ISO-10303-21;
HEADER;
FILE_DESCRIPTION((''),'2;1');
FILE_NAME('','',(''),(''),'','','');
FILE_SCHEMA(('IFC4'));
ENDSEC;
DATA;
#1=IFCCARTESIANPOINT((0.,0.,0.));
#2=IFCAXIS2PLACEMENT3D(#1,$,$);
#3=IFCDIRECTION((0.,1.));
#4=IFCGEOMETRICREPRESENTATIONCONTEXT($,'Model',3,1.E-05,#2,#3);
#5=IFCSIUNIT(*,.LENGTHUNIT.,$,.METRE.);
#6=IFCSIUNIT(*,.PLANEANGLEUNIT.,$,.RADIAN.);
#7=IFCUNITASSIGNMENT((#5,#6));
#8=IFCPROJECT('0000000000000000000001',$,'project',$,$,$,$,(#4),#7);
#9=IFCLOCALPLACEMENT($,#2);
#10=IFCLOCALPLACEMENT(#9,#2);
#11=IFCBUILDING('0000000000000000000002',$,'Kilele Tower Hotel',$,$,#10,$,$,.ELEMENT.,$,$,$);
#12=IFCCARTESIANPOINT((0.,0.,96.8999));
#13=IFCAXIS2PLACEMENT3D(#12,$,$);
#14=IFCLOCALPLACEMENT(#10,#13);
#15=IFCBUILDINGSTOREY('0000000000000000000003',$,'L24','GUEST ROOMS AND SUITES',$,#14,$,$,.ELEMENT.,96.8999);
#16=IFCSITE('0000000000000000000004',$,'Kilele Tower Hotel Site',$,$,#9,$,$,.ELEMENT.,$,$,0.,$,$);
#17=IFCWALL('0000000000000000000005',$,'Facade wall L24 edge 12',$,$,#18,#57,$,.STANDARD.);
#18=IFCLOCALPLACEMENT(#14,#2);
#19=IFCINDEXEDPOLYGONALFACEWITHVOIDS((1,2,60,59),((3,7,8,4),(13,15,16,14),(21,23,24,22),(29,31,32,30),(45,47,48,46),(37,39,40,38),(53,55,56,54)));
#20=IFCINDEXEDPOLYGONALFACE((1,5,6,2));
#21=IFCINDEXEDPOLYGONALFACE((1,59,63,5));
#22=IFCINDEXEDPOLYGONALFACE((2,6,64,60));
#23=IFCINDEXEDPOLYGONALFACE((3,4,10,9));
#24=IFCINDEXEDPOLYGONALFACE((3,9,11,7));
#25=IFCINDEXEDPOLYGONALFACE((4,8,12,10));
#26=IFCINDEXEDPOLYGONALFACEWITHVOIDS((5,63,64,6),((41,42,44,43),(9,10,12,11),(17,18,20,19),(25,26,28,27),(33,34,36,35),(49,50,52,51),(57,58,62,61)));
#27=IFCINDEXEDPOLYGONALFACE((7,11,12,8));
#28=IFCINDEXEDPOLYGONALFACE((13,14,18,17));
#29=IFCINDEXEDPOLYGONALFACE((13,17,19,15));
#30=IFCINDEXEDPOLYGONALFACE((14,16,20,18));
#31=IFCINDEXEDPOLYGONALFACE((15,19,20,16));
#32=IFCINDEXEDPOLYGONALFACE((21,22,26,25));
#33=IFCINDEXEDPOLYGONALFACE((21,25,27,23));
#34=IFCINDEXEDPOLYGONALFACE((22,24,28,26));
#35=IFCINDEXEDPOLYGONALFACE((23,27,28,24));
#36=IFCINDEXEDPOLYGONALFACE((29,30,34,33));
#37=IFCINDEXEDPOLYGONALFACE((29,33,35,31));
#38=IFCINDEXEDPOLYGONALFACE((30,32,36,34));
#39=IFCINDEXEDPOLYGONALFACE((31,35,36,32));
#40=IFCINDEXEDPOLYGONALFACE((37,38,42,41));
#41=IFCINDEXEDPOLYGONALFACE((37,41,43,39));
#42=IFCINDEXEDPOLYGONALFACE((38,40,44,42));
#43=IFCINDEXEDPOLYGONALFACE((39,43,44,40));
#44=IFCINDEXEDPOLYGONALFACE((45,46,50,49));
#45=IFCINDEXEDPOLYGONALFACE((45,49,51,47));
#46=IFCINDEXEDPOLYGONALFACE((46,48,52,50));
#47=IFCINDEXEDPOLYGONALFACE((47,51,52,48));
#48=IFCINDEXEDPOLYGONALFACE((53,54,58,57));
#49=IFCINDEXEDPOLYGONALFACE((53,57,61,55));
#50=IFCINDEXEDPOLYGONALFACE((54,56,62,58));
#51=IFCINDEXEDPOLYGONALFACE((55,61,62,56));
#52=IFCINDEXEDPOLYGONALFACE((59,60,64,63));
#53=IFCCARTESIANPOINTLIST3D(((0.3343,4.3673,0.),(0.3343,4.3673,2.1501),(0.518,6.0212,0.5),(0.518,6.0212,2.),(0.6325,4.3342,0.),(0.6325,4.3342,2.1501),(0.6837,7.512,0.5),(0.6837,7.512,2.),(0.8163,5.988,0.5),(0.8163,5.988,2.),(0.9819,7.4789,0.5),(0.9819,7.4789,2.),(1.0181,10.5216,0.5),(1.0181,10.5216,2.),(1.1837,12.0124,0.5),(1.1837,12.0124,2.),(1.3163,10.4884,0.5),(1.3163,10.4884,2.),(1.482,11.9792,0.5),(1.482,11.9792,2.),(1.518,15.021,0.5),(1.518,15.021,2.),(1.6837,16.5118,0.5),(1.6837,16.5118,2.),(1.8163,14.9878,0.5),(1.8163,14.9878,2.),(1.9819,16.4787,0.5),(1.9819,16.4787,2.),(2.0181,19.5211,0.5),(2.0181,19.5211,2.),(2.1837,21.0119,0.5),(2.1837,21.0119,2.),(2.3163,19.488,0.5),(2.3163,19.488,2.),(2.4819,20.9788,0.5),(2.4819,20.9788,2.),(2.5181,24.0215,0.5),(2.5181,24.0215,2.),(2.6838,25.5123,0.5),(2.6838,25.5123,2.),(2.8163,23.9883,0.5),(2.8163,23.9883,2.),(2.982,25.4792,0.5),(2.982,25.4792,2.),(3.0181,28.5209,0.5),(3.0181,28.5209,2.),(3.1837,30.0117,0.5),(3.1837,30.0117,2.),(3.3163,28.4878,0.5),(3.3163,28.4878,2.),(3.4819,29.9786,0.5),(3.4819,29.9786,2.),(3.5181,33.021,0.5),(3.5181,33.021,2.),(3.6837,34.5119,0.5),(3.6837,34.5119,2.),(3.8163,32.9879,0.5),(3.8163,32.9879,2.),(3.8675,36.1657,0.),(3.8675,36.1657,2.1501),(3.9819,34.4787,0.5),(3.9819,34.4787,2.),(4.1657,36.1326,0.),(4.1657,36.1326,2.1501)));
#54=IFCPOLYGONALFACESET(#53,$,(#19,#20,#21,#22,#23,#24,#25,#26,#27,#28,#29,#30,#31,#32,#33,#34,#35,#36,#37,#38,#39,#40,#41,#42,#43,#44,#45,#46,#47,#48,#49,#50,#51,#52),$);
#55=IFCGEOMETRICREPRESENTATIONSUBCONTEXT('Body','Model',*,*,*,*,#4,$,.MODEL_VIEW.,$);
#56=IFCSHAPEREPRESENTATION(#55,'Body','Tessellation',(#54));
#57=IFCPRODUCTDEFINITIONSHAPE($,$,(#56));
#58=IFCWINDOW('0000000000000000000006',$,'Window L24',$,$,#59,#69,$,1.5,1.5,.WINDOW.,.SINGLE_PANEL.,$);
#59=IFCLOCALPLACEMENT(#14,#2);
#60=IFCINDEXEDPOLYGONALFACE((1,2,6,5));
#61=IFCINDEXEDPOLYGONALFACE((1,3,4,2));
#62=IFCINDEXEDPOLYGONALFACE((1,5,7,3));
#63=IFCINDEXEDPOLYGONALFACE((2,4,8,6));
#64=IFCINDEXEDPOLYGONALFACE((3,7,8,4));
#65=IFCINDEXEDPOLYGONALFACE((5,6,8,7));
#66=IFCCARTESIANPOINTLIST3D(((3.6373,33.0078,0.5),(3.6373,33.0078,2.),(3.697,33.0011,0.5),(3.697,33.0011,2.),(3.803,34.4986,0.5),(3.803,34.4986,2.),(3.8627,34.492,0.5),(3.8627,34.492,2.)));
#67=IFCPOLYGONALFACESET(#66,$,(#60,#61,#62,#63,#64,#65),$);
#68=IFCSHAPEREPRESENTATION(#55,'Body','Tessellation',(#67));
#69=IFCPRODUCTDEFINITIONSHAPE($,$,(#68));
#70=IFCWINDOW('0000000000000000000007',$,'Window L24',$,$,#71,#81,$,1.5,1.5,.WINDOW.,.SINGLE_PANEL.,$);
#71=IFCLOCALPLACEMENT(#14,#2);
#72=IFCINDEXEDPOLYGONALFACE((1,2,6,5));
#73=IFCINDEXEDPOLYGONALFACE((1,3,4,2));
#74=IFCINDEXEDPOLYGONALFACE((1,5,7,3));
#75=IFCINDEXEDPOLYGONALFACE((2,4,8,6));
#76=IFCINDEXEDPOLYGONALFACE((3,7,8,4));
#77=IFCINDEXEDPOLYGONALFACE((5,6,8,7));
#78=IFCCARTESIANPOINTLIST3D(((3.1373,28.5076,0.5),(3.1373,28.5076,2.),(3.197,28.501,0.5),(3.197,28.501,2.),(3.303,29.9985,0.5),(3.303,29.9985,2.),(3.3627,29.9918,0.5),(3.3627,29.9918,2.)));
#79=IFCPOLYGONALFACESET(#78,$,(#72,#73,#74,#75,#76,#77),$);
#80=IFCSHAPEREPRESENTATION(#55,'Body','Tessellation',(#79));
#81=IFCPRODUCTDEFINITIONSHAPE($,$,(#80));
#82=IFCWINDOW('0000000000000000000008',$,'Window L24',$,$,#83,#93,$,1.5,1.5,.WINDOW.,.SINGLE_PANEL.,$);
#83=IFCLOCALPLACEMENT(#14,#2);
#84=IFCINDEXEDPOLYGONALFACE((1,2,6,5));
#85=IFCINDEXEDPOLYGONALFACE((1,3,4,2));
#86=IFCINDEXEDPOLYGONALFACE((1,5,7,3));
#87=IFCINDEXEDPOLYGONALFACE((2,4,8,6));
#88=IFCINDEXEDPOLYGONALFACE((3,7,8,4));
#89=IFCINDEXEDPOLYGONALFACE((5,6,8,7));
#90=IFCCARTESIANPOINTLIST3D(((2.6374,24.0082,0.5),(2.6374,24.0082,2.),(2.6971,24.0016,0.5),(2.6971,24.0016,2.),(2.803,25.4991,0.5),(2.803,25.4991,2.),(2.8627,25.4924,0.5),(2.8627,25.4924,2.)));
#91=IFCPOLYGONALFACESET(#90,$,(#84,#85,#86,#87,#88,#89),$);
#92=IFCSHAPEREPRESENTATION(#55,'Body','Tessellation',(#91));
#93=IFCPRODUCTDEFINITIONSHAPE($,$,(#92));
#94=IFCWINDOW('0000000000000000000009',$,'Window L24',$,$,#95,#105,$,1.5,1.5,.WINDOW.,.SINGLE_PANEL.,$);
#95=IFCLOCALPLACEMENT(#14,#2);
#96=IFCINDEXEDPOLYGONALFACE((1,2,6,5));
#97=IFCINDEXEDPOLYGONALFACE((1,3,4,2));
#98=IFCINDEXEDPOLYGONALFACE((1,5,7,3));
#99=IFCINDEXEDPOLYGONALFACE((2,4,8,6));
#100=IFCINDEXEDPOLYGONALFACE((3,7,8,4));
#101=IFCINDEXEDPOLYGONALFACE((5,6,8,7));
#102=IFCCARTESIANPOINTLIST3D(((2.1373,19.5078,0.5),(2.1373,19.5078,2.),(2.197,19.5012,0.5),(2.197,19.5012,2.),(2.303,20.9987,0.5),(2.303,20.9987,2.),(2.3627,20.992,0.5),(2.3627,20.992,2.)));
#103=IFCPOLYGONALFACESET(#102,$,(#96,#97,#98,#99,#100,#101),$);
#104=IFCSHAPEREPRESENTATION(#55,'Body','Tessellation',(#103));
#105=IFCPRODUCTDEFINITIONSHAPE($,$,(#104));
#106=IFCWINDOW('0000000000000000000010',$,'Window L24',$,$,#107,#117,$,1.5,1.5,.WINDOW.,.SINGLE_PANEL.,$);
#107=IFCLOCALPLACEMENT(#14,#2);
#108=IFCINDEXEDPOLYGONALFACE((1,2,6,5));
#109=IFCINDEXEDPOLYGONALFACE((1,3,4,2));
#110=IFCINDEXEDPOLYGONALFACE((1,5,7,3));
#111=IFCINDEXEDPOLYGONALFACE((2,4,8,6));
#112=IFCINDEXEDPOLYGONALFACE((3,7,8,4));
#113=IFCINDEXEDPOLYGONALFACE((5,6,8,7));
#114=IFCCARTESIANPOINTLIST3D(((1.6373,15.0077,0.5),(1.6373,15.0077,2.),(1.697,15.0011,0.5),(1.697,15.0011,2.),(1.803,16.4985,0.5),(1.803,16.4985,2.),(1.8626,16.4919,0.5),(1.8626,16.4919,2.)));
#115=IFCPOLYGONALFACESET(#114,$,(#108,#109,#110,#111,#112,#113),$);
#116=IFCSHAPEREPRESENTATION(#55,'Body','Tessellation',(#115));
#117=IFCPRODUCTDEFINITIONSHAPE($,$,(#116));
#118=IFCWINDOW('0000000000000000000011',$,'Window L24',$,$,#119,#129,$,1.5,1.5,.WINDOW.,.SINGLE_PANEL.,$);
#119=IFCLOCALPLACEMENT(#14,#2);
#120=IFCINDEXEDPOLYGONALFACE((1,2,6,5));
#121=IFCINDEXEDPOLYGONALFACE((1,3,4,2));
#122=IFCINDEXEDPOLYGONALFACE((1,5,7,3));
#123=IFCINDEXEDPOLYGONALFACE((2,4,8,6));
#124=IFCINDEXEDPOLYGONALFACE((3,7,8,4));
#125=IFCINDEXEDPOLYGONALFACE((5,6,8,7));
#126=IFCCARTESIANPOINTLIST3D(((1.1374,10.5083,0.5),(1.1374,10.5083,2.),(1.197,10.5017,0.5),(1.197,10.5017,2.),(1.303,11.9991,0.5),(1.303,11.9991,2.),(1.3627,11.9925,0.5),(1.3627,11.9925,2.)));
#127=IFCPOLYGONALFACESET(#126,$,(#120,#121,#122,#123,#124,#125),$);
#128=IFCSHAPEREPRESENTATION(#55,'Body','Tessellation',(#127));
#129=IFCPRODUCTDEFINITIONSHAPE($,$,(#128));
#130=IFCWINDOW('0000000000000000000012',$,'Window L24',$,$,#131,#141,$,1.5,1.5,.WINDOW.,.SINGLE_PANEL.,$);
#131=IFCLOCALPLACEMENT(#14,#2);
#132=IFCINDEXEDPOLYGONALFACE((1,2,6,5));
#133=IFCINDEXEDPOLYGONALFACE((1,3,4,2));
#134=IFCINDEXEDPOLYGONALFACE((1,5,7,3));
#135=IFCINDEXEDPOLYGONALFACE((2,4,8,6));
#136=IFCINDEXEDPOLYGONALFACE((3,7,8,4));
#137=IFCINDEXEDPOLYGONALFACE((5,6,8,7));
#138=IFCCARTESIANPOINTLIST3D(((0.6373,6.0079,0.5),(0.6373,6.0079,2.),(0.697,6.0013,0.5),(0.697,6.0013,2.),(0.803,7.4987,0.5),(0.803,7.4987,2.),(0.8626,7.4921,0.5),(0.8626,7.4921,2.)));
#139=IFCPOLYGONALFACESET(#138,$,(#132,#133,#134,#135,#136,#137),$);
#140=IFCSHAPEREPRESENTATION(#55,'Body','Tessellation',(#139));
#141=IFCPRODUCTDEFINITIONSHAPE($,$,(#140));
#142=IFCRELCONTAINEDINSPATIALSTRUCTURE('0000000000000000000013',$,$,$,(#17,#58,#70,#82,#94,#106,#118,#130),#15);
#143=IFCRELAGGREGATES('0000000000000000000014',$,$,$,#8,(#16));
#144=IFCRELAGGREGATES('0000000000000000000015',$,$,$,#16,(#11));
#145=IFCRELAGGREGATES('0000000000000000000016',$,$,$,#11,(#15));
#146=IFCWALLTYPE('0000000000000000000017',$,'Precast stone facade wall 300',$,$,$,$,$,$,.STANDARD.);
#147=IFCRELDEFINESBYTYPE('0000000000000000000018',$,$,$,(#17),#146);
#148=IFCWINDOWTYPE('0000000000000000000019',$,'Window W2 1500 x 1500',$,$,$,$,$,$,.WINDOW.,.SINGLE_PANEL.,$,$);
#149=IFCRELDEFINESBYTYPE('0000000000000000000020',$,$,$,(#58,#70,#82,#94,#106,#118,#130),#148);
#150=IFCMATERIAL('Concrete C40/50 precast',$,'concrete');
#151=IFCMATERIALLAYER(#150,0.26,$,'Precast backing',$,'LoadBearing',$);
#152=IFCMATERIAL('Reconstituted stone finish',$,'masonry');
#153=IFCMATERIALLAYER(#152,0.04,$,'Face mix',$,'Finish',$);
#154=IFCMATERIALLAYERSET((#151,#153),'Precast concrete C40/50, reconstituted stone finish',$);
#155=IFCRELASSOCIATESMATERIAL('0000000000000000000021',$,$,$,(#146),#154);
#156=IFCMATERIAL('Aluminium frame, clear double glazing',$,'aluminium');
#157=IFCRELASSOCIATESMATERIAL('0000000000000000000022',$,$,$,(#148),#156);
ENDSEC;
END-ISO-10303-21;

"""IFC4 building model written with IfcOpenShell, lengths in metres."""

from ifc_helpers import new_model, si_unit, direction, frame, frame_2d, origin, place, context, subcontext, project, spatial, rectangle, extrude, material, layer, layer_set, type_object, element, fill, save


model = new_model("IFC4")

# Units and contexts
model_context = context("Model", 3, precision=1e-05, world=origin(), true_north=direction((0.0, 1.0)))
body_context = subcontext(model_context, "Body", "Model", "MODEL_VIEW")
ifc_project = project(units=[si_unit("LENGTHUNIT", "METRE"), si_unit("PLANEANGLEUNIT", "RADIAN")], contexts=[model_context])

# Site, building, storey
site_placement = place(None, origin())
site = spatial("IfcSite", under=ifc_project, at=site_placement, Name="Kilele Tower Hotel Site", CompositionType="ELEMENT", RefElevation=0.0)
building_placement = place(site_placement, origin())
building = spatial("IfcBuilding", under=site, at=building_placement, Name="Kilele Tower Hotel", CompositionType="ELEMENT")
storey_placement = place(building_placement, frame((0.0, 0.0, 96.8999)))
storey = spatial("IfcBuildingStorey", under=building, at=storey_placement, Name="L24", Description="GUEST ROOMS AND SUITES", CompositionType="ELEMENT", Elevation=96.8999)

# Shared definitions
ifc_material_1 = material(Name="Concrete C40/50 precast", Category="concrete")
ifc_layer_1 = layer(ifc_material_1, 0.26, Name="Precast backing", Category="LoadBearing")
ifc_material_2 = material(Name="Reconstituted stone finish", Category="masonry")
ifc_layer_2 = layer(ifc_material_2, 0.04, Name="Face mix", Category="Finish")
ifc_layer_set_1 = layer_set([ifc_layer_1, ifc_layer_2], Name="Precast concrete C40/50, reconstituted stone finish")
wall_type_1 = type_object("IfcWallType", Name="Precast stone facade wall 300", PredefinedType="STANDARD", material=ifc_layer_set_1)
ifc_material_3 = material(Name="Aluminium frame, clear double glazing", Category="aluminium")
window_type_1 = type_object("IfcWindowType", Name="Window W2 1500 x 1500", PartitioningType="SINGLE_PANEL", PredefinedType="WINDOW", material=ifc_material_3)

# Wall, openings, windows
wall_1_placement = place(storey_placement, frame((4.0166, 36.1492, 0.0), z_axis=(0.0, 0.0, 1.0), x_axis=(-0.110433, -0.993884, 0.0)))
wall_1 = element("IfcWall", 1, at=wall_1_placement, inside=storey, type_object=wall_type_1, Name="Facade wall L24 edge 12", PredefinedType="STANDARD", context=body_context, shape_type="SweptSolid", body=[
    extrude(rectangle(XDim=31.9941, YDim=0.3, at=frame_2d((15.9971, 0.0))), origin(), (0.0, 0.0, 1.0), 2.1501),
])
opening_1_placement = place(wall_1_placement, frame((1.6641, 0.0, 0.5)))
opening_1 = element("IfcOpeningElement", 2, at=opening_1_placement, cuts=wall_1, PredefinedType="OPENING", context=body_context, shape_type="SweptSolid", body=[
    extrude(rectangle(XDim=1.5, YDim=1.5, at=frame_2d((0.75, 0.75))), frame((0.0, 0.1599, 0.0), z_axis=(0.0, -1.0, 0.0), x_axis=(1.0, 0.0, 0.0)), (0.0, 0.0, 1.0), 0.3201),
])
opening_2_placement = place(wall_1_placement, frame((6.1919, 0.0, 0.5)))
opening_2 = element("IfcOpeningElement", 3, at=opening_2_placement, cuts=wall_1, PredefinedType="OPENING", context=body_context, shape_type="SweptSolid", body=[
    extrude(rectangle(XDim=1.5, YDim=1.5, at=frame_2d((0.75, 0.75))), frame((0.0, 0.1599, 0.0), z_axis=(0.0, -1.0, 0.0), x_axis=(1.0, 0.0, 0.0)), (0.0, 0.0, 1.0), 0.3201),
])
opening_3_placement = place(wall_1_placement, frame((10.719, 0.0, 0.5)))
opening_3 = element("IfcOpeningElement", 4, at=opening_3_placement, cuts=wall_1, PredefinedType="OPENING", context=body_context, shape_type="SweptSolid", body=[
    extrude(rectangle(XDim=1.5, YDim=1.5, at=frame_2d((0.75, 0.75))), frame((0.0, 0.1599, 0.0), z_axis=(0.0, -1.0, 0.0), x_axis=(1.0, 0.0, 0.0)), (0.0, 0.0, 1.0), 0.3201),
])
opening_4_placement = place(wall_1_placement, frame((15.2471, 0.0, 0.5)))
opening_4 = element("IfcOpeningElement", 5, at=opening_4_placement, cuts=wall_1, PredefinedType="OPENING", context=body_context, shape_type="SweptSolid", body=[
    extrude(rectangle(XDim=1.5, YDim=1.5, at=frame_2d((0.75, 0.75))), frame((0.0, 0.1599, 0.0), z_axis=(0.0, -1.0, 0.0), x_axis=(1.0, 0.0, 0.0)), (0.0, 0.0, 1.0), 0.3201),
])
opening_5_placement = place(wall_1_placement, frame((19.7749, 0.0, 0.5)))
opening_5 = element("IfcOpeningElement", 6, at=opening_5_placement, cuts=wall_1, PredefinedType="OPENING", context=body_context, shape_type="SweptSolid", body=[
    extrude(rectangle(XDim=1.5, YDim=1.5, at=frame_2d((0.75, 0.75))), frame((0.0, 0.1599, 0.0), z_axis=(0.0, -1.0, 0.0), x_axis=(1.0, 0.0, 0.0)), (0.0, 0.0, 1.0), 0.3201),
])
opening_6_placement = place(wall_1_placement, frame((24.302, 0.0, 0.5)))
opening_6 = element("IfcOpeningElement", 7, at=opening_6_placement, cuts=wall_1, PredefinedType="OPENING", context=body_context, shape_type="SweptSolid", body=[
    extrude(rectangle(XDim=1.5, YDim=1.5, at=frame_2d((0.75, 0.75))), frame((0.0, 0.1599, 0.0), z_axis=(0.0, -1.0, 0.0), x_axis=(1.0, 0.0, 0.0)), (0.0, 0.0, 1.0), 0.3201),
])
opening_7_placement = place(wall_1_placement, frame((28.8301, 0.0, 0.5)))
opening_7 = element("IfcOpeningElement", 8, at=opening_7_placement, cuts=wall_1, PredefinedType="OPENING", context=body_context, shape_type="SweptSolid", body=[
    extrude(rectangle(XDim=1.5, YDim=1.5, at=frame_2d((0.75, 0.75))), frame((0.0, 0.1599, 0.0), z_axis=(0.0, -1.0, 0.0), x_axis=(1.0, 0.0, 0.0)), (0.0, 0.0, 1.0), 0.3201),
])
window_1_placement = place(opening_1_placement, origin())
window_1 = element("IfcWindow", 9, at=window_1_placement, inside=storey, type_object=window_type_1, Name="Window L24", OverallHeight=1.5, OverallWidth=1.5, PartitioningType="SINGLE_PANEL", PredefinedType="WINDOW", context=body_context, shape_type="SweptSolid", body=[
    extrude(rectangle(XDim=1.5, YDim=1.5, at=frame_2d((0.75, 0.75))), frame((0.0, 0.03, 0.0), z_axis=(0.0, -1.0, 0.0), x_axis=(1.0, 0.0, 0.0)), (0.0, 0.0, 1.0), 0.0601),
])
fill(opening_1, window_1)
window_2_placement = place(opening_2_placement, origin())
window_2 = element("IfcWindow", 10, at=window_2_placement, inside=storey, type_object=window_type_1, Name="Window L24", OverallHeight=1.5, OverallWidth=1.5, PartitioningType="SINGLE_PANEL", PredefinedType="WINDOW", context=body_context, shape_type="SweptSolid", body=[
    extrude(rectangle(XDim=1.5, YDim=1.5, at=frame_2d((0.75, 0.75))), frame((0.0, 0.03, 0.0), z_axis=(0.0, -1.0, 0.0), x_axis=(1.0, 0.0, 0.0)), (0.0, 0.0, 1.0), 0.0601),
])
fill(opening_2, window_2)
window_3_placement = place(opening_3_placement, origin())
window_3 = element("IfcWindow", 11, at=window_3_placement, inside=storey, type_object=window_type_1, Name="Window L24", OverallHeight=1.5, OverallWidth=1.5, PartitioningType="SINGLE_PANEL", PredefinedType="WINDOW", context=body_context, shape_type="SweptSolid", body=[
    extrude(rectangle(XDim=1.5, YDim=1.5, at=frame_2d((0.75, 0.75))), frame((0.0, 0.03, 0.0), z_axis=(0.0, -1.0, 0.0), x_axis=(1.0, 0.0, 0.0)), (0.0, 0.0, 1.0), 0.0601),
])
fill(opening_3, window_3)
window_4_placement = place(opening_4_placement, origin())
window_4 = element("IfcWindow", 12, at=window_4_placement, inside=storey, type_object=window_type_1, Name="Window L24", OverallHeight=1.5, OverallWidth=1.5, PartitioningType="SINGLE_PANEL", PredefinedType="WINDOW", context=body_context, shape_type="SweptSolid", body=[
    extrude(rectangle(XDim=1.5, YDim=1.5, at=frame_2d((0.75, 0.75))), frame((0.0, 0.03, 0.0), z_axis=(0.0, -1.0, 0.0), x_axis=(1.0, 0.0, 0.0)), (0.0, 0.0, 1.0), 0.0601),
])
fill(opening_4, window_4)
window_5_placement = place(opening_5_placement, origin())
window_5 = element("IfcWindow", 13, at=window_5_placement, inside=storey, type_object=window_type_1, Name="Window L24", OverallHeight=1.5, OverallWidth=1.5, PartitioningType="SINGLE_PANEL", PredefinedType="WINDOW", context=body_context, shape_type="SweptSolid", body=[
    extrude(rectangle(XDim=1.5, YDim=1.5, at=frame_2d((0.75, 0.75))), frame((0.0, 0.03, 0.0), z_axis=(0.0, -1.0, 0.0), x_axis=(1.0, 0.0, 0.0)), (0.0, 0.0, 1.0), 0.0601),
])
fill(opening_5, window_5)
window_6_placement = place(opening_6_placement, origin())
window_6 = element("IfcWindow", 14, at=window_6_placement, inside=storey, type_object=window_type_1, Name="Window L24", OverallHeight=1.5, OverallWidth=1.5, PartitioningType="SINGLE_PANEL", PredefinedType="WINDOW", context=body_context, shape_type="SweptSolid", body=[
    extrude(rectangle(XDim=1.5, YDim=1.5, at=frame_2d((0.75, 0.75))), frame((0.0, 0.03, 0.0), z_axis=(0.0, -1.0, 0.0), x_axis=(1.0, 0.0, 0.0)), (0.0, 0.0, 1.0), 0.0601),
])
fill(opening_6, window_6)
window_7_placement = place(opening_7_placement, origin())
window_7 = element("IfcWindow", 15, at=window_7_placement, inside=storey, type_object=window_type_1, Name="Window L24", OverallHeight=1.5, OverallWidth=1.5, PartitioningType="SINGLE_PANEL", PredefinedType="WINDOW", context=body_context, shape_type="SweptSolid", body=[
    extrude(rectangle(XDim=1.5, YDim=1.5, at=frame_2d((0.75, 0.75))), frame((0.0, 0.03, 0.0), z_axis=(0.0, -1.0, 0.0), x_axis=(1.0, 0.0, 0.0)), (0.0, 0.0, 1.0), 0.0601),
])
fill(opening_7, window_7)

save(model, "model.ifc")
